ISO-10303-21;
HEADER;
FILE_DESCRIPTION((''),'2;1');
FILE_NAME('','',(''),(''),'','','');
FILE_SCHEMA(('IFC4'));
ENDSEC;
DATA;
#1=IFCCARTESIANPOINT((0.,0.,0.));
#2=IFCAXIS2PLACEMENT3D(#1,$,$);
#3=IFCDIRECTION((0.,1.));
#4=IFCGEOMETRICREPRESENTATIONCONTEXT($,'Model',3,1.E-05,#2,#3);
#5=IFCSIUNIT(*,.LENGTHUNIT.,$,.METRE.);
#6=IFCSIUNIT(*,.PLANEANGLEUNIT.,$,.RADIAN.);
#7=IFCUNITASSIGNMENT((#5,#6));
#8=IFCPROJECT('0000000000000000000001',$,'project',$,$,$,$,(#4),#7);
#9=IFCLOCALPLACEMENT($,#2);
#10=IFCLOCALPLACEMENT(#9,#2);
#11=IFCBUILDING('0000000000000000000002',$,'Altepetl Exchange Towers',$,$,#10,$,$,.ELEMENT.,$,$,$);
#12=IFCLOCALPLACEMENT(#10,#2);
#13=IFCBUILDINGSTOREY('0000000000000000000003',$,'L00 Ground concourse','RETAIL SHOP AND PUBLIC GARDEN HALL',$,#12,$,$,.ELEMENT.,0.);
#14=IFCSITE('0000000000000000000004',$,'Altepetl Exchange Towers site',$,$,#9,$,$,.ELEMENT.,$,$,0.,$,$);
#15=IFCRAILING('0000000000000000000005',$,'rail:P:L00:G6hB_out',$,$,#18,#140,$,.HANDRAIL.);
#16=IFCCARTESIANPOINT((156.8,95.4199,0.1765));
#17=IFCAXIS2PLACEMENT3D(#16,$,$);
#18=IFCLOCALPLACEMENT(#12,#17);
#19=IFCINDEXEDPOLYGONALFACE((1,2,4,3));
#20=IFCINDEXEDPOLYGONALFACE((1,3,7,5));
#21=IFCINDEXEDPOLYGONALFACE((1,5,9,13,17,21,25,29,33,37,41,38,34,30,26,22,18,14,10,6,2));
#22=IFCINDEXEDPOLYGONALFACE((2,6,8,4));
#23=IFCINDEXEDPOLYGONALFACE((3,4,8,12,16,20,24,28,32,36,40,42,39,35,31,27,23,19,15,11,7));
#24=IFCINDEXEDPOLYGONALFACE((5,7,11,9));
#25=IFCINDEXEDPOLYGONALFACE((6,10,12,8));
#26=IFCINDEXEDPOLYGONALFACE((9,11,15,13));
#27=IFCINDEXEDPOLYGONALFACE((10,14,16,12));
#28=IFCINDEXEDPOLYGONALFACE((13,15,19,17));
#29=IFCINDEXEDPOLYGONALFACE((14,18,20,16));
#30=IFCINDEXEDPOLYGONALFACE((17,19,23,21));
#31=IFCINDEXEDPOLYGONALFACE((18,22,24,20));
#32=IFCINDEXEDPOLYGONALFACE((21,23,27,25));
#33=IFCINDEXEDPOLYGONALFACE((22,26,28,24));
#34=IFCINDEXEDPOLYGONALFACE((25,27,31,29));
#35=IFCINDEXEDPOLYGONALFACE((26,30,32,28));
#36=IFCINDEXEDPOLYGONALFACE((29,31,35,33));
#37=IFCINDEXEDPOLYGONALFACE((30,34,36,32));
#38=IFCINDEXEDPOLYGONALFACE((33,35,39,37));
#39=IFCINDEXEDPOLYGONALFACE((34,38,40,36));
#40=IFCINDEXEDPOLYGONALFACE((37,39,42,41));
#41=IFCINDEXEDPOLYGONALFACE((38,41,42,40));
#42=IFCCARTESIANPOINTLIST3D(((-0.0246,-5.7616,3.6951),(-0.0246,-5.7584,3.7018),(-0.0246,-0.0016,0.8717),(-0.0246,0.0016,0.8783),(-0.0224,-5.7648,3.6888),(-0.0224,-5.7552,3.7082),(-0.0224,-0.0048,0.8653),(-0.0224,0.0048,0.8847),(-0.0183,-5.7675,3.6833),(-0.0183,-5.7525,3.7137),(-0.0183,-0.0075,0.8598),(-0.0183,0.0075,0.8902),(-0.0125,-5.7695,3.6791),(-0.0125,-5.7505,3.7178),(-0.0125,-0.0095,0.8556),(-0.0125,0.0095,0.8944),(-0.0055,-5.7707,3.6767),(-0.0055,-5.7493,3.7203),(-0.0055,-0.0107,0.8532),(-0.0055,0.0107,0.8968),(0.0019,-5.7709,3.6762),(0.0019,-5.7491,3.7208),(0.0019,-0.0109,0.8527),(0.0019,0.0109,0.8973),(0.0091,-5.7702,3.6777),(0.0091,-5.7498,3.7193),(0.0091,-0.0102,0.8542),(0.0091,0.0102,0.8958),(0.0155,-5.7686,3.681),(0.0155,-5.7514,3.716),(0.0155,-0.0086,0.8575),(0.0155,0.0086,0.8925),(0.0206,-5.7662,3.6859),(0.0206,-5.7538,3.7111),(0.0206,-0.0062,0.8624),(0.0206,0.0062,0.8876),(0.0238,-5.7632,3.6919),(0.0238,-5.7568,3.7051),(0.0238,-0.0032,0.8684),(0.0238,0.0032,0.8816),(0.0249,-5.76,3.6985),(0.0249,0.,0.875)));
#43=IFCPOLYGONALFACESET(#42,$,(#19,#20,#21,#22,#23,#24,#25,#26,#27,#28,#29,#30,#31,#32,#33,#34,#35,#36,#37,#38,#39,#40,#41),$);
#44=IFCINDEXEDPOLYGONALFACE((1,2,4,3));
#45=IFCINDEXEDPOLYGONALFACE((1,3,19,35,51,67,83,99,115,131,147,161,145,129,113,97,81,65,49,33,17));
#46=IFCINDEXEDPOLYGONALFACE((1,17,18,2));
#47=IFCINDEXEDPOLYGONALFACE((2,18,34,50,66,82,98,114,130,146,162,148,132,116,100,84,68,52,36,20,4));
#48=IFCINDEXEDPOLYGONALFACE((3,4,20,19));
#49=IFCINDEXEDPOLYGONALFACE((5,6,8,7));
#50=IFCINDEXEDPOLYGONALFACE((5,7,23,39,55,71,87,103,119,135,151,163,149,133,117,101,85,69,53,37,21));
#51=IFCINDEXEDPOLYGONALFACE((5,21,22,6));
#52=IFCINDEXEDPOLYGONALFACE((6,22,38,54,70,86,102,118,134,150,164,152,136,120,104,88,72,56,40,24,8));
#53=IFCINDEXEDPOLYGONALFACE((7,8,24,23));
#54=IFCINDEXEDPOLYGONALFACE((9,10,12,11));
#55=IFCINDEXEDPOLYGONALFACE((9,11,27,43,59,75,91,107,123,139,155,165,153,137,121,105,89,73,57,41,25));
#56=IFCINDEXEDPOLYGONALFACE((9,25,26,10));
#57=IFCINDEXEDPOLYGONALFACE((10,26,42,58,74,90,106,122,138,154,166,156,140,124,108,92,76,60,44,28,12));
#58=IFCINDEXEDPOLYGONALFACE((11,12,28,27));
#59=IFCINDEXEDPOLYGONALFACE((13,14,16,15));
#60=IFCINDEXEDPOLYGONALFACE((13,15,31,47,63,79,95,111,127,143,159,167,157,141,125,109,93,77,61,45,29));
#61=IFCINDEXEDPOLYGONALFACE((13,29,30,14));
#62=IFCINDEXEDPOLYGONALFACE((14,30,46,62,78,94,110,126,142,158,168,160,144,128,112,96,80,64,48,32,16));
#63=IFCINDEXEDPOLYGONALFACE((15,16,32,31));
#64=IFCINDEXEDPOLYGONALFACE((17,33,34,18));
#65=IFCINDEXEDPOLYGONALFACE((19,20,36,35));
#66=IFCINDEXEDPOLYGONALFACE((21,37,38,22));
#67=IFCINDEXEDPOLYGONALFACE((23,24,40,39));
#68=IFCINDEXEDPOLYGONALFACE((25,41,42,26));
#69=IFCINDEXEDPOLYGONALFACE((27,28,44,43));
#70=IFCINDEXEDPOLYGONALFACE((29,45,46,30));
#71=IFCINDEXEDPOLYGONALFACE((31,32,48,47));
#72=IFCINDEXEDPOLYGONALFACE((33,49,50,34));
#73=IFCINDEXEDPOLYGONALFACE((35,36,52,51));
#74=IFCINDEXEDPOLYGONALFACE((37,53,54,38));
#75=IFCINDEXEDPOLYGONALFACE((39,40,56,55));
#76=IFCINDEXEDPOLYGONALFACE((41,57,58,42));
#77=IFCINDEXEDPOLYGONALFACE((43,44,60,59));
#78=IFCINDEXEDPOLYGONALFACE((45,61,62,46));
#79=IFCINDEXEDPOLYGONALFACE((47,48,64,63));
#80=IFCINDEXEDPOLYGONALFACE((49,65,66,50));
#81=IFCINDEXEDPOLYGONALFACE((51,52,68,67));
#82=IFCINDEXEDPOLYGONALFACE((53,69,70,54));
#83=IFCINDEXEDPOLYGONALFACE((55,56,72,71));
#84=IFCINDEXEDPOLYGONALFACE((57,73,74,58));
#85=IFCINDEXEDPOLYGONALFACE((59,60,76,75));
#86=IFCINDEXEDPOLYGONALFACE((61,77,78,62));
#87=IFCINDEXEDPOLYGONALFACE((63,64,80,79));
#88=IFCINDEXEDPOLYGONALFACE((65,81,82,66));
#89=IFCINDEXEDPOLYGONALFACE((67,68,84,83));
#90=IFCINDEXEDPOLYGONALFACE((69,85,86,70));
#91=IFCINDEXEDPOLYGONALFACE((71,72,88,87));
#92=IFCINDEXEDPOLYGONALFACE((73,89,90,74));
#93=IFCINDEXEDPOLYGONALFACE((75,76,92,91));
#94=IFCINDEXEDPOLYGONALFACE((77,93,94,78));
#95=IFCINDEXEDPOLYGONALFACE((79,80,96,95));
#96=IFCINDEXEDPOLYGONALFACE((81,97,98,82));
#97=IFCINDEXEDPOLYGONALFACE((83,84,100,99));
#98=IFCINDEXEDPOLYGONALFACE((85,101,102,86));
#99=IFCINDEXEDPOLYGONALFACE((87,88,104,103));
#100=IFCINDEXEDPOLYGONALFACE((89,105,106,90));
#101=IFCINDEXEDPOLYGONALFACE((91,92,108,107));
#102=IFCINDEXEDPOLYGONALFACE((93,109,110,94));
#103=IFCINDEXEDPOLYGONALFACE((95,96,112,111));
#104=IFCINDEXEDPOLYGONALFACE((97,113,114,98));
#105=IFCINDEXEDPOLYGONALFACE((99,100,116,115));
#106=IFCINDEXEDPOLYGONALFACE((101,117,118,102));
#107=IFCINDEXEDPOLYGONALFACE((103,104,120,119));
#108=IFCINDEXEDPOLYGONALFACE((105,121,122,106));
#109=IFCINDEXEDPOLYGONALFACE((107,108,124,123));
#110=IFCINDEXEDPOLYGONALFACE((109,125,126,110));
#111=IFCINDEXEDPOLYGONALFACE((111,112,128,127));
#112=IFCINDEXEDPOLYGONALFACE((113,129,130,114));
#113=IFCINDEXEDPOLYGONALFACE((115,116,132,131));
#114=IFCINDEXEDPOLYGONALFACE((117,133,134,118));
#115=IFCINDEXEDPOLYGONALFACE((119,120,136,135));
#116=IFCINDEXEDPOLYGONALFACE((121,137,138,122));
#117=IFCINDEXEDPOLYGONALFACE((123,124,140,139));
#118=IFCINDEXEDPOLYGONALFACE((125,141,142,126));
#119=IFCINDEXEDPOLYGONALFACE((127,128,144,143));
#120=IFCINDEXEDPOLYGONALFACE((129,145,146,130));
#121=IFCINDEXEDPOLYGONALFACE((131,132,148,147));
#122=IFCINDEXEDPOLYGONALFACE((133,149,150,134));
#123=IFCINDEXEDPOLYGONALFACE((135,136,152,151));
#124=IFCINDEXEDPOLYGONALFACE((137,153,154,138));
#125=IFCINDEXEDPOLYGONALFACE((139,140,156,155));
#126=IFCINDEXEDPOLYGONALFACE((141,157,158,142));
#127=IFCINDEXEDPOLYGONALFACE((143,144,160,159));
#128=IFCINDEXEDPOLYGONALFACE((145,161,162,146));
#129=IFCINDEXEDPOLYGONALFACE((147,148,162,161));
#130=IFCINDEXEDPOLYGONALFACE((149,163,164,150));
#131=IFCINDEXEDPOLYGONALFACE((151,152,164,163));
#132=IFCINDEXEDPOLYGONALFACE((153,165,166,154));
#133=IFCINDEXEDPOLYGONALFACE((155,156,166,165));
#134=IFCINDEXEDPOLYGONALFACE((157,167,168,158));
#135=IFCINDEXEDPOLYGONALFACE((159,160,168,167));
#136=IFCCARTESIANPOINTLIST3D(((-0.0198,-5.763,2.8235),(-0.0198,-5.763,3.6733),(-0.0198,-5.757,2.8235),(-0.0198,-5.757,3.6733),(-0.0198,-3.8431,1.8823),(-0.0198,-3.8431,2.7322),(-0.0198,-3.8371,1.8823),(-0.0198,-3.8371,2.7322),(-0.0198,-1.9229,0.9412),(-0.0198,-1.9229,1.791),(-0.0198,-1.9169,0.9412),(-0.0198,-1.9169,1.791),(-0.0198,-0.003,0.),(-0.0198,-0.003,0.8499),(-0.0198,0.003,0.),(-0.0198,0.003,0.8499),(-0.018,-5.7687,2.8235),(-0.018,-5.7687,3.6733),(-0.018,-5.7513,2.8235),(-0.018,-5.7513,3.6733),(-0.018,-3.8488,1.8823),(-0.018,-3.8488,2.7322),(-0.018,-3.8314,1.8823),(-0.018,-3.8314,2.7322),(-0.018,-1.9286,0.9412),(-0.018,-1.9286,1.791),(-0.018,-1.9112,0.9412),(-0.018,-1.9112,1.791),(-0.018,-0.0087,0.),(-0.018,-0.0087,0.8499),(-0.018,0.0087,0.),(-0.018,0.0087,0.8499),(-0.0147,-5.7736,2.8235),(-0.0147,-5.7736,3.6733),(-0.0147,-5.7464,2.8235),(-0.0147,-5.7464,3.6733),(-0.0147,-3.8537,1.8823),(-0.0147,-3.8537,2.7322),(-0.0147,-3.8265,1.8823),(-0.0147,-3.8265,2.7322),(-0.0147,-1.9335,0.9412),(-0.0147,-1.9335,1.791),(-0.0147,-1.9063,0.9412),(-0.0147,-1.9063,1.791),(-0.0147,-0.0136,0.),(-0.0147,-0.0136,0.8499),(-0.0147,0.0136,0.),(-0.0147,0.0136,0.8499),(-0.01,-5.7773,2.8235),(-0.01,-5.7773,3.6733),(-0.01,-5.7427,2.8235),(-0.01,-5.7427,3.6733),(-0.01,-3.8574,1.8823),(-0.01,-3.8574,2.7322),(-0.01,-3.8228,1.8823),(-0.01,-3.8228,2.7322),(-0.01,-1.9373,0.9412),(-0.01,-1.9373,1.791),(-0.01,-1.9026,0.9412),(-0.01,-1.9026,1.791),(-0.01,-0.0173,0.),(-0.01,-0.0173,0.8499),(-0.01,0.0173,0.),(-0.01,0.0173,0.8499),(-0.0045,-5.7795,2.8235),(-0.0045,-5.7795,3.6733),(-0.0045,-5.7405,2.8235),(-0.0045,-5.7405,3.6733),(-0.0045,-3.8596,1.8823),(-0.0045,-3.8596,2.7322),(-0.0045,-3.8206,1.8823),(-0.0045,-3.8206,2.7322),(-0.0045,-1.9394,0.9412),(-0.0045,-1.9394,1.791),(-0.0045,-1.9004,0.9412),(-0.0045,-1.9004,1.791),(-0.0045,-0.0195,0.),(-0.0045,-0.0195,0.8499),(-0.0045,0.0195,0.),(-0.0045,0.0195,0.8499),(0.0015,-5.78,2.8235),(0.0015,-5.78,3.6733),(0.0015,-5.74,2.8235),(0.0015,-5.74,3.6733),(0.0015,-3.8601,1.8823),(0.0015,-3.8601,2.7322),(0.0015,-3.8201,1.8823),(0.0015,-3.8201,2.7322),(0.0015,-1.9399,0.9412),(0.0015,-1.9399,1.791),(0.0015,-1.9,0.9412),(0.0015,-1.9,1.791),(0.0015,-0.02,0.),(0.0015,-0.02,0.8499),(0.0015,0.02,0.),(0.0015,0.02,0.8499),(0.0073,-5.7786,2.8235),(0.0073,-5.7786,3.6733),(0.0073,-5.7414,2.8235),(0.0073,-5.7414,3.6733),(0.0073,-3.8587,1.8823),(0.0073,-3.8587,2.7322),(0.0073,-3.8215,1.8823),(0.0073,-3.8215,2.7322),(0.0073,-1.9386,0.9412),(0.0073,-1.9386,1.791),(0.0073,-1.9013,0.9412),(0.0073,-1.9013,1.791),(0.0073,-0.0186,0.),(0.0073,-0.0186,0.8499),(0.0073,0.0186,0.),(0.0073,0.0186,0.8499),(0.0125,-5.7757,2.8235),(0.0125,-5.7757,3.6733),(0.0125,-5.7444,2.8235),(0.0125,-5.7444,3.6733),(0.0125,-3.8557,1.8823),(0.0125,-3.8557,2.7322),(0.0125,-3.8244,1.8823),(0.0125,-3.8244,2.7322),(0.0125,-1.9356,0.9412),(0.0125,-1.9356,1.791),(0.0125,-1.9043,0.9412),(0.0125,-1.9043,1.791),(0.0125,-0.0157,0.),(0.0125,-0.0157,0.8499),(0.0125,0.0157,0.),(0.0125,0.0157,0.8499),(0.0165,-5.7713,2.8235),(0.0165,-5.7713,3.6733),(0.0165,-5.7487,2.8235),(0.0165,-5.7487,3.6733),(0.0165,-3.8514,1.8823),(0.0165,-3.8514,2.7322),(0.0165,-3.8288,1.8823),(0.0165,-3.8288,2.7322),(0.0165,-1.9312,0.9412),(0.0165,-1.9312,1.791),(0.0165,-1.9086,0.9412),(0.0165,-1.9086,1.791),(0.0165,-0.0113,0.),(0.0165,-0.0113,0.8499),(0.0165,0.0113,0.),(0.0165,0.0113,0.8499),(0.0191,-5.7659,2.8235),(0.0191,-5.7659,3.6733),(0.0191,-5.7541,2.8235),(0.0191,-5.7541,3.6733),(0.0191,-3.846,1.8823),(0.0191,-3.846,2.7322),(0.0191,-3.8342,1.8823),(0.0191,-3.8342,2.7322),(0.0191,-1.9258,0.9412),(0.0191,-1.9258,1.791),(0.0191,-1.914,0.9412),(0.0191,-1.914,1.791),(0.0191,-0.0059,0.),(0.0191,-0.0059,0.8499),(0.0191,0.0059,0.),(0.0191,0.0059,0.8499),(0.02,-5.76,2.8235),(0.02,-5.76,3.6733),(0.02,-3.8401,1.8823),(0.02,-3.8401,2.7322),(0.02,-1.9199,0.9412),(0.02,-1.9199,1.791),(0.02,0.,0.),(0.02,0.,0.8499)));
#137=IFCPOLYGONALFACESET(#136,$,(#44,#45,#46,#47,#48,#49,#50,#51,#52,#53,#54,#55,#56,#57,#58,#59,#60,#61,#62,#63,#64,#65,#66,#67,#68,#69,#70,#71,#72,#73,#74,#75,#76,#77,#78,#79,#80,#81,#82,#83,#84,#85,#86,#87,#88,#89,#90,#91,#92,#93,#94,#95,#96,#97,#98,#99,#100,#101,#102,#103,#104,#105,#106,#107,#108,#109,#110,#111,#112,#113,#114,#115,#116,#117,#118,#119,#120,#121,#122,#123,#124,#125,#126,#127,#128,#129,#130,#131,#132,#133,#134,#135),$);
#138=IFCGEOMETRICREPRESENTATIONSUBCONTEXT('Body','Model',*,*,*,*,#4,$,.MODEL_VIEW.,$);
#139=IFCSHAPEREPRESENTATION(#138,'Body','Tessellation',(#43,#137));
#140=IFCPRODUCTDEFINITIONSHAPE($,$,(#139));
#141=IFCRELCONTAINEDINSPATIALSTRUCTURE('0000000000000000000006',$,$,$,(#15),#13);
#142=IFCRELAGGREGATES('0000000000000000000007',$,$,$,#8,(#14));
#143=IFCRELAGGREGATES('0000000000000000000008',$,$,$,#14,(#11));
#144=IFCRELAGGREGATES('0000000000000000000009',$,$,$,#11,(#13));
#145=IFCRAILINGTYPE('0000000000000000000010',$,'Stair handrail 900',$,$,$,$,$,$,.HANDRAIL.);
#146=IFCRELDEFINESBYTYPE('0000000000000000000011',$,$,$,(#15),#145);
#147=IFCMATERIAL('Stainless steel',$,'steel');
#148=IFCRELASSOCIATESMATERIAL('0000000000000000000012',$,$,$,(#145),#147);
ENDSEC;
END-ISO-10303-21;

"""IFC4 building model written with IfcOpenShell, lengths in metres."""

from ifc_helpers import new_model, si_unit, direction, frame, origin, origin_2d, place, context, subcontext, project, spatial, circle, extrude, source, transform, mapped, material, type_object, element, save


model = new_model("IFC4")

# Units and contexts
model_context = context("Model", 3, precision=1e-05, world=origin(), true_north=direction((0.0, 1.0)))
body_context = subcontext(model_context, "Body", "Model", "MODEL_VIEW")
ifc_project = project(units=[si_unit("LENGTHUNIT", "METRE"), si_unit("PLANEANGLEUNIT", "RADIAN")], contexts=[model_context])

# Site, building, storey
site_placement = place(None, origin())
site = spatial("IfcSite", under=ifc_project, at=site_placement, Name="Altepetl Exchange Towers site", CompositionType="ELEMENT", RefElevation=0.0)
building_placement = place(site_placement, origin())
building = spatial("IfcBuilding", under=site, at=building_placement, Name="Altepetl Exchange Towers", CompositionType="ELEMENT")
storey_placement = place(building_placement, origin())
storey = spatial("IfcBuildingStorey", under=building, at=storey_placement, Name="L00 Ground concourse", Description="RETAIL SHOP AND PUBLIC GARDEN HALL", CompositionType="ELEMENT", Elevation=0.0)

# Railing
ifc_material_1 = material(Name="Stainless steel", Category="steel")
railing_type_1 = type_object("IfcRailingType", Name="Stair handrail 900", PredefinedType="HANDRAIL", material=ifc_material_1)
shared_shape_1 = source(origin(), body_context, "Body", "SweptSolid", [
    extrude(circle(Radius=0.02, at=origin_2d()), origin(), (0.0, 0.0, 1.0), 0.8499),
])
for number, where, name in (
    (1, (156.8, 95.4199, 0.1765), "rail:P:L00:G6hB_out"),
):
    element("IfcRailing", number, at=place(storey_placement, frame(where)), inside=storey, type_object=railing_type_1, Name=name, PredefinedType="HANDRAIL", context=body_context, shape_type="SweptSolid", body=[
        extrude(circle(Radius=0.0249, at=origin_2d()), frame((0.0, 0.0, 0.875), z_axis=(0.0, -0.897924, 0.440151), x_axis=(1.0, 0.0, 0.0)), (0.0, 0.0, 1.0), 6.4148),
        mapped(shared_shape_1, transform((0.0, 0.0, 0.0))),
        mapped(shared_shape_1, transform((0.0, -1.9199, 0.9412))),
        mapped(shared_shape_1, transform((0.0, -3.8401, 1.8823))),
        mapped(shared_shape_1, transform((0.0, -5.76, 2.8235))),
    ])

save(model, "model.ifc")
